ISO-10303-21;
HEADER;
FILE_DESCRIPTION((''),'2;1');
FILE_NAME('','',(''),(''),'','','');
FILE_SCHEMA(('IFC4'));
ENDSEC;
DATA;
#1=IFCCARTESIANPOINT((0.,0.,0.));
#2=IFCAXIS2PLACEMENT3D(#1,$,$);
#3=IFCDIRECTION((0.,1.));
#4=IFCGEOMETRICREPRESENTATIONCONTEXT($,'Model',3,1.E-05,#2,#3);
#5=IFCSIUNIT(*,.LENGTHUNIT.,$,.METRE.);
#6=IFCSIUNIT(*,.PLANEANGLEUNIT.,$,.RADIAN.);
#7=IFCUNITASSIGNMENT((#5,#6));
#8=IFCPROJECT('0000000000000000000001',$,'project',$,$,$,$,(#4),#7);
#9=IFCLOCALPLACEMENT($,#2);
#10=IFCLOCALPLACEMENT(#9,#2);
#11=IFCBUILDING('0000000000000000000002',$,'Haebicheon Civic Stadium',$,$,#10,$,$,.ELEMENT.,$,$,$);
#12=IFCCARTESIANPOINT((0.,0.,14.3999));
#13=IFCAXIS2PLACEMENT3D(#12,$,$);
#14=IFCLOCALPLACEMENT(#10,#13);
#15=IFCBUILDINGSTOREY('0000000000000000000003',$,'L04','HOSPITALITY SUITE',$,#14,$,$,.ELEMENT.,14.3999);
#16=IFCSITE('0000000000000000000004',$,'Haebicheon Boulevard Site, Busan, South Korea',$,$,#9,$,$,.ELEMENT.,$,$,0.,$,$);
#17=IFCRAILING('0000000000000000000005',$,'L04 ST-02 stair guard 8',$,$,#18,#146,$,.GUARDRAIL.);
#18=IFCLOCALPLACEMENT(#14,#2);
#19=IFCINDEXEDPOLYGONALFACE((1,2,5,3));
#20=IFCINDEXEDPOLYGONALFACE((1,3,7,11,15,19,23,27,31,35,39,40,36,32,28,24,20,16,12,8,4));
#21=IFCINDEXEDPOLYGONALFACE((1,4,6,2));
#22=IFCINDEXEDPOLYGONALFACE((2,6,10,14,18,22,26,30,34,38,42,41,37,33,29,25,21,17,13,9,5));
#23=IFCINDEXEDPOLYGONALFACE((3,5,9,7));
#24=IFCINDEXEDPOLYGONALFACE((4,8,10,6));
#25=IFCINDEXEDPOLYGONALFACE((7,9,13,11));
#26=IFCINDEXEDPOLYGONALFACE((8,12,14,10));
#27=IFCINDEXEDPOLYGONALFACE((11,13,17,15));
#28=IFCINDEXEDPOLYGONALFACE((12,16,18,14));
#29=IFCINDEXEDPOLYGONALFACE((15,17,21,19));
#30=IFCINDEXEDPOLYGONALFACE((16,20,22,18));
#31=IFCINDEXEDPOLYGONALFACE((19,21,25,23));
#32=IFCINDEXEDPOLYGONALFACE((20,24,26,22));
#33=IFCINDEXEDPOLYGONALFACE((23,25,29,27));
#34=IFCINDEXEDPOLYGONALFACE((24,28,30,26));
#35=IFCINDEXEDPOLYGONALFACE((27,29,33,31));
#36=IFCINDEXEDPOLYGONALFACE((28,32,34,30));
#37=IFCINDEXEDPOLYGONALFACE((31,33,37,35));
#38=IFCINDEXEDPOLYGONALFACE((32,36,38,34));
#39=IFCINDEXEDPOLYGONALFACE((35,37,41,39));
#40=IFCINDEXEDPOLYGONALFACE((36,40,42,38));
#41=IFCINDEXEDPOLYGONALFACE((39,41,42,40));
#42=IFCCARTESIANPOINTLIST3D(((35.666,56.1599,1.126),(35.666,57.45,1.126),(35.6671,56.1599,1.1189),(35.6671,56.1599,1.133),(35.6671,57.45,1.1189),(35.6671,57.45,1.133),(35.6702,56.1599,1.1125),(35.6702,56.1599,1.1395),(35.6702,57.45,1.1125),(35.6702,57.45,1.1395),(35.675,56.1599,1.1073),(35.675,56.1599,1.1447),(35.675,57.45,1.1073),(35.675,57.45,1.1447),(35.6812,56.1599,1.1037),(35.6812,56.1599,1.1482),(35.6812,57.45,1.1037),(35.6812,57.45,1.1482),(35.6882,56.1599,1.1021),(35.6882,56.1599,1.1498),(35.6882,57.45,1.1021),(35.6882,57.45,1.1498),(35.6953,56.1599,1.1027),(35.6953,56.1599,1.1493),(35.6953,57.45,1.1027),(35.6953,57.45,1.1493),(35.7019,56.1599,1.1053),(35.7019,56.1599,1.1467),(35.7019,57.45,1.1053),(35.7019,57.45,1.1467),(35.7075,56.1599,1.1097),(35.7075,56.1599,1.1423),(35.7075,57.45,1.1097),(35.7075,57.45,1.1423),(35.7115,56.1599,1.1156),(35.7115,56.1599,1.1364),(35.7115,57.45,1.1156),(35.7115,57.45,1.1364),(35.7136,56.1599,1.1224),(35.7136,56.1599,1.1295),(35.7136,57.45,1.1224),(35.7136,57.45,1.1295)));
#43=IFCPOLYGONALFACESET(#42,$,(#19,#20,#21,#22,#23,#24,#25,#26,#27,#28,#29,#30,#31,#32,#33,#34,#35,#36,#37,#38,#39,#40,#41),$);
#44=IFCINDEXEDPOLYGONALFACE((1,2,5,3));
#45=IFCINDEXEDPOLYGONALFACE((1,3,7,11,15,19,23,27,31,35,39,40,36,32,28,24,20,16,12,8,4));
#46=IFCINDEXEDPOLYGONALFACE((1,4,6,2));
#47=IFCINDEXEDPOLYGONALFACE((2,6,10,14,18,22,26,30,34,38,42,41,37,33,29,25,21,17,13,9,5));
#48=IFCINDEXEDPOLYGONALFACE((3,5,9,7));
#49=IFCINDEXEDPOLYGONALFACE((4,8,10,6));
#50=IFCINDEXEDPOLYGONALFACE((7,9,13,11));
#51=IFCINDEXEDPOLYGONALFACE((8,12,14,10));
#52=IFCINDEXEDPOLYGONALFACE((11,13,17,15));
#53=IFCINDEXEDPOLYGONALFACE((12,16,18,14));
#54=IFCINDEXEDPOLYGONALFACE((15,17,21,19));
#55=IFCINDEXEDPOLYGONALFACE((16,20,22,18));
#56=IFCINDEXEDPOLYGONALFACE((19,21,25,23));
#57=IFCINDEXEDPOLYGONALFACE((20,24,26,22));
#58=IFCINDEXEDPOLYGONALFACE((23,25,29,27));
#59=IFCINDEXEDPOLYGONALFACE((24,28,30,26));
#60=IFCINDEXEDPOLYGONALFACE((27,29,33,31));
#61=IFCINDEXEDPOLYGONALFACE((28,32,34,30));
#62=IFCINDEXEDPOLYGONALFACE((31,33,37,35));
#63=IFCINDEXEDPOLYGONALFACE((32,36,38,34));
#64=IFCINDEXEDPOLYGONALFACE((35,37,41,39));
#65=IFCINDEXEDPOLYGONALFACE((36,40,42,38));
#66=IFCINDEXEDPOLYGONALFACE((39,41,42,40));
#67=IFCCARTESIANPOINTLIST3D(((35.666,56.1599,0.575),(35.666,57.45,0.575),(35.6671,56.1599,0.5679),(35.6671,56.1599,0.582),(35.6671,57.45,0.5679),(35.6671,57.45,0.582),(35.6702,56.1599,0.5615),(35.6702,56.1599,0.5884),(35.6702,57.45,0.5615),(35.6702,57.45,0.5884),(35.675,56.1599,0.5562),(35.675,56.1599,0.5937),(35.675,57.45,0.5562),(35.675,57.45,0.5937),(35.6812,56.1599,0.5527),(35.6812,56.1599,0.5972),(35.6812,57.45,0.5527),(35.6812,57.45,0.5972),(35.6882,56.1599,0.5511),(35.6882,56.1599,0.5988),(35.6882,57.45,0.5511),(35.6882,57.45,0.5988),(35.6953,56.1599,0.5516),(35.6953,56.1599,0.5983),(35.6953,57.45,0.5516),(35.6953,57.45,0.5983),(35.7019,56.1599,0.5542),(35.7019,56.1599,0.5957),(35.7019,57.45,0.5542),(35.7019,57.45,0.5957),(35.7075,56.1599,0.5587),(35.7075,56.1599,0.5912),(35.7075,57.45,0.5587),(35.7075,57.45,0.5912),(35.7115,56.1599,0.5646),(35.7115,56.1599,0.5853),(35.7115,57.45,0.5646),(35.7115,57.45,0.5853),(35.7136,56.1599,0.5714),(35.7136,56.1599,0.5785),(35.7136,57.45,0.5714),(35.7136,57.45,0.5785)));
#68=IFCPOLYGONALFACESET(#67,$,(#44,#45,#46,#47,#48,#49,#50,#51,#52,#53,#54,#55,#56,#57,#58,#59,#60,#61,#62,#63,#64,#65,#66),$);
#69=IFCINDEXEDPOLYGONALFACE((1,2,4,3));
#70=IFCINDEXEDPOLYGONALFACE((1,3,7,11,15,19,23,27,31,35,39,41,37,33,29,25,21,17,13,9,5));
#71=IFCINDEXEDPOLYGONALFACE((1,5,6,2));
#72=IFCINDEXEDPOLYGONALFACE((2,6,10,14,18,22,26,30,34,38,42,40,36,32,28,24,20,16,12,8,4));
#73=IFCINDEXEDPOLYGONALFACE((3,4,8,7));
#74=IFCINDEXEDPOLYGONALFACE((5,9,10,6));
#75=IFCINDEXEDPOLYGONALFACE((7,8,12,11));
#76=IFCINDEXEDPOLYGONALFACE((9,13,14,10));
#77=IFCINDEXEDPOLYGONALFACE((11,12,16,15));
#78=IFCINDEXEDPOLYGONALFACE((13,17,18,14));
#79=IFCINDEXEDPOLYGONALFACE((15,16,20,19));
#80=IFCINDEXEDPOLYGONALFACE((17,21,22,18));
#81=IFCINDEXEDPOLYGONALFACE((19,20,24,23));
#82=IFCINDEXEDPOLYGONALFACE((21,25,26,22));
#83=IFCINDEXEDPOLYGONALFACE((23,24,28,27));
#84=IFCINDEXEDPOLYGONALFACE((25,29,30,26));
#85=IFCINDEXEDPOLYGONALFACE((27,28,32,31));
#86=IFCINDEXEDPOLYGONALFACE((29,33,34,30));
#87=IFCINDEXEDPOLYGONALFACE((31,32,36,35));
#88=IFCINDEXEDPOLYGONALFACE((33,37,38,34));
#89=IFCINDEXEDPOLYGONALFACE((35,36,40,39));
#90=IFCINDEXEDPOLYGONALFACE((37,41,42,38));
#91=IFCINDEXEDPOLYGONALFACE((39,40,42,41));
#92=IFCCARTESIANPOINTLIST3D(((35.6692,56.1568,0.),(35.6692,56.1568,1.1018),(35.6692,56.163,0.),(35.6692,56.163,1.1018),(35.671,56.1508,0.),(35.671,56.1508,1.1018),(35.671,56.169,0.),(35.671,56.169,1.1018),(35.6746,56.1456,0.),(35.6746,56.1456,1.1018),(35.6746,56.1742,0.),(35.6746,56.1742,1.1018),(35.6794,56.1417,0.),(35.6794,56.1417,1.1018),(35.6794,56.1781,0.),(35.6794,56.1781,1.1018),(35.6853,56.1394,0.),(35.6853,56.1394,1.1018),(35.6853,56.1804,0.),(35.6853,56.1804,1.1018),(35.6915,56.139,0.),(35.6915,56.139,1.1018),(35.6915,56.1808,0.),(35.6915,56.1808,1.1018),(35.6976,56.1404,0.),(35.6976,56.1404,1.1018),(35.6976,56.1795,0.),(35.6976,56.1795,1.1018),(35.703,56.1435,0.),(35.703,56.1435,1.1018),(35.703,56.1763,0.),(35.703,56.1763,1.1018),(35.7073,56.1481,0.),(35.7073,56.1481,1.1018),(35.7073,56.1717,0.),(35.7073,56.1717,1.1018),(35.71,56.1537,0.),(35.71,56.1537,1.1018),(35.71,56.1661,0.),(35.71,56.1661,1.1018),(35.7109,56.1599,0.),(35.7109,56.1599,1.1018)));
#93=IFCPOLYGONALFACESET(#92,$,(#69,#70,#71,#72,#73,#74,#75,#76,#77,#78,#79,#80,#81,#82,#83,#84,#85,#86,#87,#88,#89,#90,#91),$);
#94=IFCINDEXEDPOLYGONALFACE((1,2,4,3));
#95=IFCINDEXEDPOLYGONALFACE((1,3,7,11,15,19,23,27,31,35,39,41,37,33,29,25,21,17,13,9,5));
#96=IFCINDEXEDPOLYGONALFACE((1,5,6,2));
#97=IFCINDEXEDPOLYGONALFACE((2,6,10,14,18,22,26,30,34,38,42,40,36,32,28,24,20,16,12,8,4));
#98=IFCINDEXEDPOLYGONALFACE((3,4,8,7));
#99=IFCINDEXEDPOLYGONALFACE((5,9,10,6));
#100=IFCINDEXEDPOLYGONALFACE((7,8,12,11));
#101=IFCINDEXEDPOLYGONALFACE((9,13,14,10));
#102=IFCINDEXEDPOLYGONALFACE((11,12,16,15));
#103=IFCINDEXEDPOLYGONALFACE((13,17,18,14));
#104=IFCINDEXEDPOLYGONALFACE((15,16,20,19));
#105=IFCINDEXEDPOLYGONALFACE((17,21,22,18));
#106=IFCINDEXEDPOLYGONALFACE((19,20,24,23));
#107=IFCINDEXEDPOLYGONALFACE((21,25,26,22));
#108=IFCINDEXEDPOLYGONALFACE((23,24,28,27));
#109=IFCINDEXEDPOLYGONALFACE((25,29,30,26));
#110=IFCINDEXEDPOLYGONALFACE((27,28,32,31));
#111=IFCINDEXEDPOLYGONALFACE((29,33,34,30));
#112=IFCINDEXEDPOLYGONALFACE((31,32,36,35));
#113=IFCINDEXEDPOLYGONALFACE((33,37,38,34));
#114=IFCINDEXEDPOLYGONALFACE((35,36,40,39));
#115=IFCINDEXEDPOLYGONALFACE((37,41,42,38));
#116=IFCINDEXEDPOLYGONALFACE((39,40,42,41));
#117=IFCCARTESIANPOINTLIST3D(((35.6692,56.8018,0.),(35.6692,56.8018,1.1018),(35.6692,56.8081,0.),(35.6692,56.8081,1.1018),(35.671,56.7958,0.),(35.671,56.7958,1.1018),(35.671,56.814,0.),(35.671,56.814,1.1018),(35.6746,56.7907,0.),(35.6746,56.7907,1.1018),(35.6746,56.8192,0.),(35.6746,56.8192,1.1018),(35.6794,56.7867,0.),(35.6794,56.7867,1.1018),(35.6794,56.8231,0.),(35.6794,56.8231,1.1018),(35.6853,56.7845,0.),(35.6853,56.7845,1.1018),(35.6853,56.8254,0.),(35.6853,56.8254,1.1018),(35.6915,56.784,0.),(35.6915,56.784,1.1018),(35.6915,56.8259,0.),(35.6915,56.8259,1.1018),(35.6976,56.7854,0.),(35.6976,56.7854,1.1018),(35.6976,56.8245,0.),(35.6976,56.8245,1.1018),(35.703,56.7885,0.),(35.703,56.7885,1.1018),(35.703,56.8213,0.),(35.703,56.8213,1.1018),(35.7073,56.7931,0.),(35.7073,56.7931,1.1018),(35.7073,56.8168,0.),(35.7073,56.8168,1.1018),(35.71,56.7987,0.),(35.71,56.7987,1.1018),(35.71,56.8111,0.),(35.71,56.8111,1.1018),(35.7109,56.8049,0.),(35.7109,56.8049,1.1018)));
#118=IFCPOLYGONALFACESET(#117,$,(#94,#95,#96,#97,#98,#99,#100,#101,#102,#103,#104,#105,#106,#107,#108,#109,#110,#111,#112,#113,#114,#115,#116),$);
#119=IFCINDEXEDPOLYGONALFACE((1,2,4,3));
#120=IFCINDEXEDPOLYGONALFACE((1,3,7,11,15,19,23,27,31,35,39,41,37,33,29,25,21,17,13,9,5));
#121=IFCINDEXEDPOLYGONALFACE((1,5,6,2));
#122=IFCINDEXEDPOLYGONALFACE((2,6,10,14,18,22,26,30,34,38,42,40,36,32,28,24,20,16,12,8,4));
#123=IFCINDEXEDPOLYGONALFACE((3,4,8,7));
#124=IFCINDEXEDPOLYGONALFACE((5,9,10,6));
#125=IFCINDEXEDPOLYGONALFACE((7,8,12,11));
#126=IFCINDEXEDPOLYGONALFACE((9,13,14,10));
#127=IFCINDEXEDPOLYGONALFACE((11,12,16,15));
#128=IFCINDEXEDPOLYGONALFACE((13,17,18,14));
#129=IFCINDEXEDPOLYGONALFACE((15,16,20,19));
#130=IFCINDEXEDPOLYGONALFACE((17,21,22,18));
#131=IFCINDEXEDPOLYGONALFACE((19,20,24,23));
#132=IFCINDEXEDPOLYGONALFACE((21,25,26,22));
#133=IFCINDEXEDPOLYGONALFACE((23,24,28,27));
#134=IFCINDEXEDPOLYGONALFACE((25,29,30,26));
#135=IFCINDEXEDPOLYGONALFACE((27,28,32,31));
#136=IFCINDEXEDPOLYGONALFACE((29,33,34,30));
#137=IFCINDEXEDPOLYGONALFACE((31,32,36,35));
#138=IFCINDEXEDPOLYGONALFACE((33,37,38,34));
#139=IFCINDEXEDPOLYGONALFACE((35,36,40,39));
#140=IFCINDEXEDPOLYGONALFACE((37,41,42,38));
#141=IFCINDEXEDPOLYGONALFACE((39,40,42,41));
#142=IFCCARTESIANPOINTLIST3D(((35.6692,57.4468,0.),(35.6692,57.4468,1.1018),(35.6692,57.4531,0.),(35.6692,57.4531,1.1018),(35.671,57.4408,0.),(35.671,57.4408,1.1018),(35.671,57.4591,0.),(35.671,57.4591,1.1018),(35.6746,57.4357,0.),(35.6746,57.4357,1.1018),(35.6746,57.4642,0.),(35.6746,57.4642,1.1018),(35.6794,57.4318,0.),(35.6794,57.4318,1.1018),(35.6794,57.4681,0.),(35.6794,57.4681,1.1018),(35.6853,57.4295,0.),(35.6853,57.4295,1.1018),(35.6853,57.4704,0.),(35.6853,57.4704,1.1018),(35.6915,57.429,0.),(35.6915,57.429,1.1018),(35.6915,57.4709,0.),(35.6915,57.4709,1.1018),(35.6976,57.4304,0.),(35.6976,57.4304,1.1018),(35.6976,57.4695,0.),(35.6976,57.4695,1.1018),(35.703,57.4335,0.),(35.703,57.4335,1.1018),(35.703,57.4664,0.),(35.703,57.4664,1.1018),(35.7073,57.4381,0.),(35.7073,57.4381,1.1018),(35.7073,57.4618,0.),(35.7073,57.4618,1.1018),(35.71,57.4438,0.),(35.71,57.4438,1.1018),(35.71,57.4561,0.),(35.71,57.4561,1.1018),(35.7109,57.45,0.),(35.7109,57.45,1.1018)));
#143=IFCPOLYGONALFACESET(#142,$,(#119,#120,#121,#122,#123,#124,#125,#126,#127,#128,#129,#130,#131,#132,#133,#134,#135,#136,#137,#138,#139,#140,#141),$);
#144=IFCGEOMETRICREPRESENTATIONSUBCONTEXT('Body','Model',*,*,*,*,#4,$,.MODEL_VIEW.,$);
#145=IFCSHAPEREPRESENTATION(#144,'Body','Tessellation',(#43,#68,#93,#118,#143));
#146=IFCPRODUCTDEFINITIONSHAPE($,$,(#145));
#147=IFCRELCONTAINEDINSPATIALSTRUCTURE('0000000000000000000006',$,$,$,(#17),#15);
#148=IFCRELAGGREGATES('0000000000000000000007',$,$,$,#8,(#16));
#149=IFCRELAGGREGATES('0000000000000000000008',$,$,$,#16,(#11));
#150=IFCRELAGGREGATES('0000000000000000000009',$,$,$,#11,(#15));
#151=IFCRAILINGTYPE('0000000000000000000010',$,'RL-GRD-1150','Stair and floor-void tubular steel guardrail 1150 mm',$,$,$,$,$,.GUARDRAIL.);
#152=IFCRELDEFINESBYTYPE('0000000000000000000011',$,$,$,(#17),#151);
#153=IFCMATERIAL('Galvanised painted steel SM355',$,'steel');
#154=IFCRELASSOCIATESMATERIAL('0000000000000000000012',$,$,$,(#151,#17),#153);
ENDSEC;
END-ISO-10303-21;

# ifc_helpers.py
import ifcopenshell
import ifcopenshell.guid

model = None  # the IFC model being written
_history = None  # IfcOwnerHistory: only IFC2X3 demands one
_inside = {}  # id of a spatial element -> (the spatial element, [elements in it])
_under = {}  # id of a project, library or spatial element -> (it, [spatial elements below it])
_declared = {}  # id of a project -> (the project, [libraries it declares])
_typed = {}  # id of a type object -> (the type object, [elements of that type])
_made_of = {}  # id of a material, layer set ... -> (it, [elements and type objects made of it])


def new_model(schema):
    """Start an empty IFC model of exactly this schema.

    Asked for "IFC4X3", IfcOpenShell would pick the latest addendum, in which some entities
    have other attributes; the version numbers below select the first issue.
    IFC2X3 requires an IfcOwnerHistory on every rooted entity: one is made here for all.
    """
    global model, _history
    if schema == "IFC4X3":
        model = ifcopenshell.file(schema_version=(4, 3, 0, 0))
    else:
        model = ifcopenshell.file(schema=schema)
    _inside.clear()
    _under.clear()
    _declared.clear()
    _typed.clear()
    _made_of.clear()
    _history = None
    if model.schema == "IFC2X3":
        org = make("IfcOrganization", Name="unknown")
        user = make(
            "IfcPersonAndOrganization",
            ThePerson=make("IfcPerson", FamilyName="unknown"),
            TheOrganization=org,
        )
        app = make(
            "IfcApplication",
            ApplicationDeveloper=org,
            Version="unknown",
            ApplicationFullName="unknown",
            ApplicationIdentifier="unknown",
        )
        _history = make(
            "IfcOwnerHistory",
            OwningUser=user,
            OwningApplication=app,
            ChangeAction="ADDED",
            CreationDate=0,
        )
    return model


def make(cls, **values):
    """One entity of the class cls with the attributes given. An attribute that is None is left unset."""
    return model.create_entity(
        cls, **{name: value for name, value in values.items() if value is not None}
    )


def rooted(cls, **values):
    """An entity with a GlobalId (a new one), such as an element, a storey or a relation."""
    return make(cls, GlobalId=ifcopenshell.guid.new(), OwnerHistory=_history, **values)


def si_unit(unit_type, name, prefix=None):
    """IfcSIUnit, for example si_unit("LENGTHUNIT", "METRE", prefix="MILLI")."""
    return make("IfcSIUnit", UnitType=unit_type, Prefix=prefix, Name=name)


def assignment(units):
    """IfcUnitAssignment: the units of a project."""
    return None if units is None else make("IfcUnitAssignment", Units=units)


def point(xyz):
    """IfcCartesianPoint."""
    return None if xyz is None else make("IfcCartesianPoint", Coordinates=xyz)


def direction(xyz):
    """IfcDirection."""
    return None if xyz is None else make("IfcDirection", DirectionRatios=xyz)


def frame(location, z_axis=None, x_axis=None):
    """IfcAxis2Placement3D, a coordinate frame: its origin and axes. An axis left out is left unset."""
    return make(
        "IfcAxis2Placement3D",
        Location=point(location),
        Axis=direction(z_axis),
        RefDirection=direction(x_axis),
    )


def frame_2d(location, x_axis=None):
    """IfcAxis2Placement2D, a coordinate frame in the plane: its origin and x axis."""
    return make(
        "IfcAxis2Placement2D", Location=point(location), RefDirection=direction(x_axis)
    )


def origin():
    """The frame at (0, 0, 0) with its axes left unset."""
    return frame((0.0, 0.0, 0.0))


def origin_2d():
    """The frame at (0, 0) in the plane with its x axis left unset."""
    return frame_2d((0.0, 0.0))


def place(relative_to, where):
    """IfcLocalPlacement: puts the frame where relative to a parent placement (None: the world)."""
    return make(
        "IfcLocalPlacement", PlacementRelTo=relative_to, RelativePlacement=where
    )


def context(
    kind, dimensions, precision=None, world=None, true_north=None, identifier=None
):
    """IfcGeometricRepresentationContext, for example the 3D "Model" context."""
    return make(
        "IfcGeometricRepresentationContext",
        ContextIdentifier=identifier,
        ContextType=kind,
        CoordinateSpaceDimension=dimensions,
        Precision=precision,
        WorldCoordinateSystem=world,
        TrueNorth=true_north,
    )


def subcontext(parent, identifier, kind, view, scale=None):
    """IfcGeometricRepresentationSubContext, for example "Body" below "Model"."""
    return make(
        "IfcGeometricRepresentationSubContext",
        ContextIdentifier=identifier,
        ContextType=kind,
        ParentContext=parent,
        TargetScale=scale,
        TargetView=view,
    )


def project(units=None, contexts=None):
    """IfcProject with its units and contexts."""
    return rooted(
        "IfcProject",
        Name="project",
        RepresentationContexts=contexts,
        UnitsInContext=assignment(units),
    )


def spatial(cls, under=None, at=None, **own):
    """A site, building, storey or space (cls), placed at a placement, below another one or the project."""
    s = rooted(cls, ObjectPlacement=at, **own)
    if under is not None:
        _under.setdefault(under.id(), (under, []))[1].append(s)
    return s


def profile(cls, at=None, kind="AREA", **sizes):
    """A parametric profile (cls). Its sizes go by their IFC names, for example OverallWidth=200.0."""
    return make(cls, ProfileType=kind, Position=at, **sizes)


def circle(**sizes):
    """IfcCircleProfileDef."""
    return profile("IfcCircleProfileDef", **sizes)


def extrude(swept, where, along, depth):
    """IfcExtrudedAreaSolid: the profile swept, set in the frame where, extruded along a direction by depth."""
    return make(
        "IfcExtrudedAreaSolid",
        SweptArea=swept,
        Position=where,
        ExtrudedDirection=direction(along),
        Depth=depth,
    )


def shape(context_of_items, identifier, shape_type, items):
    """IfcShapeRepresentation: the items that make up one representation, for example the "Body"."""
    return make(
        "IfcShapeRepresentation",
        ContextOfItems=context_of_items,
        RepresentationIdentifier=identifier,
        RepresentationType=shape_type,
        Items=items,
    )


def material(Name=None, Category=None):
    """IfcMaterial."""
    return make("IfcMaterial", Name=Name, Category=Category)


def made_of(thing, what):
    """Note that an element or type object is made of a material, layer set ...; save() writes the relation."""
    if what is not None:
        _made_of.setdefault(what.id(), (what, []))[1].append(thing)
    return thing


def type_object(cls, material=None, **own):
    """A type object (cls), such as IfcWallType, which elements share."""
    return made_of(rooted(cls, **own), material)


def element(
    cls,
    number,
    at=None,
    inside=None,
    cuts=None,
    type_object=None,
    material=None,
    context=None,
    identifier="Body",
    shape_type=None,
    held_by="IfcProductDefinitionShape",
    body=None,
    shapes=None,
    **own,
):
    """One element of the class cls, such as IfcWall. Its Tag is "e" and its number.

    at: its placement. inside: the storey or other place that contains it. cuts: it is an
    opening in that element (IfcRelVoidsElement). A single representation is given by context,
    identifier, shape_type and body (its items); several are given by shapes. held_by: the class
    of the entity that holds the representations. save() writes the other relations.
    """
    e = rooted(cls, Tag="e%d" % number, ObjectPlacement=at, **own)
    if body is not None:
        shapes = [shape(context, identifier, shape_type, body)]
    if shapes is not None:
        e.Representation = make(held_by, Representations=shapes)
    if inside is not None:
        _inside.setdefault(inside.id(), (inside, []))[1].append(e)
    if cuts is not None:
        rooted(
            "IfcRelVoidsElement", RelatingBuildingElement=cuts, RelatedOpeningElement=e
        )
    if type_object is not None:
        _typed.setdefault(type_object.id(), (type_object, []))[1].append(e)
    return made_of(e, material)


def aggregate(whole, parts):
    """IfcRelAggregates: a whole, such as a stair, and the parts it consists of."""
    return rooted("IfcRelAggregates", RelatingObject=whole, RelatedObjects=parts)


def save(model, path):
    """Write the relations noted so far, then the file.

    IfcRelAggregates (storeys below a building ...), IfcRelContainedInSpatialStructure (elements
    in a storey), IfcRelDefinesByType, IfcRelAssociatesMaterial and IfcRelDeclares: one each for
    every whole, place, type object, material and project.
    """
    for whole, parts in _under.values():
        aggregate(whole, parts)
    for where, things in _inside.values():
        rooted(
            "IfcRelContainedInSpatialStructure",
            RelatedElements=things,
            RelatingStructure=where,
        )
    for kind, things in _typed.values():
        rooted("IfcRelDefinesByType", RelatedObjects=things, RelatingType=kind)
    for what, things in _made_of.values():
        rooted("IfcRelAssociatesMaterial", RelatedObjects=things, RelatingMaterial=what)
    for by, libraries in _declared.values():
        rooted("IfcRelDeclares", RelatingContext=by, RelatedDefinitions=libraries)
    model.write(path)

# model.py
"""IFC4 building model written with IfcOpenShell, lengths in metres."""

from ifc_helpers import new_model, si_unit, direction, frame, origin, origin_2d, place, context, subcontext, project, spatial, circle, extrude, material, type_object, element, save


model = new_model("IFC4")

# Units and contexts
model_context = context("Model", 3, precision=1e-05, world=origin(), true_north=direction((0.0, 1.0)))
body_context = subcontext(model_context, "Body", "Model", "MODEL_VIEW")
ifc_project = project(units=[si_unit("LENGTHUNIT", "METRE"), si_unit("PLANEANGLEUNIT", "RADIAN")], contexts=[model_context])

# Site, building, storey
site_placement = place(None, origin())
site = spatial("IfcSite", under=ifc_project, at=site_placement, Name="Haebicheon Boulevard Site, Busan, South Korea", CompositionType="ELEMENT", RefElevation=0.0)
building_placement = place(site_placement, origin())
building = spatial("IfcBuilding", under=site, at=building_placement, Name="Haebicheon Civic Stadium", CompositionType="ELEMENT")
storey_placement = place(building_placement, frame((0.0, 0.0, 14.3999)))
storey = spatial("IfcBuildingStorey", under=building, at=storey_placement, Name="L04", Description="HOSPITALITY SUITE", CompositionType="ELEMENT", Elevation=14.3999)

# Railing
ifc_material_1 = material(Name="Galvanised painted steel SM355", Category="steel")
railing_type_1 = type_object("IfcRailingType", Name="RL-GRD-1150", Description="Stair and floor-void tubular steel guardrail 1150 mm", PredefinedType="GUARDRAIL", material=ifc_material_1)
for number, where, name in (
    (1, (35.6899, 56.1599, 0.0), "L04 ST-02 stair guard 8"),
):
    element("IfcRailing", number, at=place(storey_placement, frame(where)), inside=storey, type_object=railing_type_1, material=ifc_material_1, Name=name, PredefinedType="GUARDRAIL", context=body_context, shape_type="SweptSolid", body=[
        extrude(circle(Radius=0.0239, at=origin_2d()), frame((0.0, 0.0, 1.126), z_axis=(0.0, 1.0, 0.0), x_axis=(-1.0, 0.0, 0.0)), (0.0, 0.0, 1.0), 1.29),
        extrude(circle(Radius=0.0239, at=origin_2d()), frame((0.0, 0.0, 0.575), z_axis=(0.0, 1.0, 0.0), x_axis=(-1.0, 0.0, 0.0)), (0.0, 0.0, 1.0), 1.29),
        extrude(circle(Radius=0.021, at=origin_2d()), origin(), (0.0, 0.0, 1.0), 1.1018),
        extrude(circle(Radius=0.021, at=origin_2d()), frame((0.0, 0.645, 0.0)), (0.0, 0.0, 1.0), 1.1018),
        extrude(circle(Radius=0.021, at=origin_2d()), frame((0.0, 1.29, 0.0)), (0.0, 0.0, 1.0), 1.1018),
    ])

save(model, "model.ifc")
